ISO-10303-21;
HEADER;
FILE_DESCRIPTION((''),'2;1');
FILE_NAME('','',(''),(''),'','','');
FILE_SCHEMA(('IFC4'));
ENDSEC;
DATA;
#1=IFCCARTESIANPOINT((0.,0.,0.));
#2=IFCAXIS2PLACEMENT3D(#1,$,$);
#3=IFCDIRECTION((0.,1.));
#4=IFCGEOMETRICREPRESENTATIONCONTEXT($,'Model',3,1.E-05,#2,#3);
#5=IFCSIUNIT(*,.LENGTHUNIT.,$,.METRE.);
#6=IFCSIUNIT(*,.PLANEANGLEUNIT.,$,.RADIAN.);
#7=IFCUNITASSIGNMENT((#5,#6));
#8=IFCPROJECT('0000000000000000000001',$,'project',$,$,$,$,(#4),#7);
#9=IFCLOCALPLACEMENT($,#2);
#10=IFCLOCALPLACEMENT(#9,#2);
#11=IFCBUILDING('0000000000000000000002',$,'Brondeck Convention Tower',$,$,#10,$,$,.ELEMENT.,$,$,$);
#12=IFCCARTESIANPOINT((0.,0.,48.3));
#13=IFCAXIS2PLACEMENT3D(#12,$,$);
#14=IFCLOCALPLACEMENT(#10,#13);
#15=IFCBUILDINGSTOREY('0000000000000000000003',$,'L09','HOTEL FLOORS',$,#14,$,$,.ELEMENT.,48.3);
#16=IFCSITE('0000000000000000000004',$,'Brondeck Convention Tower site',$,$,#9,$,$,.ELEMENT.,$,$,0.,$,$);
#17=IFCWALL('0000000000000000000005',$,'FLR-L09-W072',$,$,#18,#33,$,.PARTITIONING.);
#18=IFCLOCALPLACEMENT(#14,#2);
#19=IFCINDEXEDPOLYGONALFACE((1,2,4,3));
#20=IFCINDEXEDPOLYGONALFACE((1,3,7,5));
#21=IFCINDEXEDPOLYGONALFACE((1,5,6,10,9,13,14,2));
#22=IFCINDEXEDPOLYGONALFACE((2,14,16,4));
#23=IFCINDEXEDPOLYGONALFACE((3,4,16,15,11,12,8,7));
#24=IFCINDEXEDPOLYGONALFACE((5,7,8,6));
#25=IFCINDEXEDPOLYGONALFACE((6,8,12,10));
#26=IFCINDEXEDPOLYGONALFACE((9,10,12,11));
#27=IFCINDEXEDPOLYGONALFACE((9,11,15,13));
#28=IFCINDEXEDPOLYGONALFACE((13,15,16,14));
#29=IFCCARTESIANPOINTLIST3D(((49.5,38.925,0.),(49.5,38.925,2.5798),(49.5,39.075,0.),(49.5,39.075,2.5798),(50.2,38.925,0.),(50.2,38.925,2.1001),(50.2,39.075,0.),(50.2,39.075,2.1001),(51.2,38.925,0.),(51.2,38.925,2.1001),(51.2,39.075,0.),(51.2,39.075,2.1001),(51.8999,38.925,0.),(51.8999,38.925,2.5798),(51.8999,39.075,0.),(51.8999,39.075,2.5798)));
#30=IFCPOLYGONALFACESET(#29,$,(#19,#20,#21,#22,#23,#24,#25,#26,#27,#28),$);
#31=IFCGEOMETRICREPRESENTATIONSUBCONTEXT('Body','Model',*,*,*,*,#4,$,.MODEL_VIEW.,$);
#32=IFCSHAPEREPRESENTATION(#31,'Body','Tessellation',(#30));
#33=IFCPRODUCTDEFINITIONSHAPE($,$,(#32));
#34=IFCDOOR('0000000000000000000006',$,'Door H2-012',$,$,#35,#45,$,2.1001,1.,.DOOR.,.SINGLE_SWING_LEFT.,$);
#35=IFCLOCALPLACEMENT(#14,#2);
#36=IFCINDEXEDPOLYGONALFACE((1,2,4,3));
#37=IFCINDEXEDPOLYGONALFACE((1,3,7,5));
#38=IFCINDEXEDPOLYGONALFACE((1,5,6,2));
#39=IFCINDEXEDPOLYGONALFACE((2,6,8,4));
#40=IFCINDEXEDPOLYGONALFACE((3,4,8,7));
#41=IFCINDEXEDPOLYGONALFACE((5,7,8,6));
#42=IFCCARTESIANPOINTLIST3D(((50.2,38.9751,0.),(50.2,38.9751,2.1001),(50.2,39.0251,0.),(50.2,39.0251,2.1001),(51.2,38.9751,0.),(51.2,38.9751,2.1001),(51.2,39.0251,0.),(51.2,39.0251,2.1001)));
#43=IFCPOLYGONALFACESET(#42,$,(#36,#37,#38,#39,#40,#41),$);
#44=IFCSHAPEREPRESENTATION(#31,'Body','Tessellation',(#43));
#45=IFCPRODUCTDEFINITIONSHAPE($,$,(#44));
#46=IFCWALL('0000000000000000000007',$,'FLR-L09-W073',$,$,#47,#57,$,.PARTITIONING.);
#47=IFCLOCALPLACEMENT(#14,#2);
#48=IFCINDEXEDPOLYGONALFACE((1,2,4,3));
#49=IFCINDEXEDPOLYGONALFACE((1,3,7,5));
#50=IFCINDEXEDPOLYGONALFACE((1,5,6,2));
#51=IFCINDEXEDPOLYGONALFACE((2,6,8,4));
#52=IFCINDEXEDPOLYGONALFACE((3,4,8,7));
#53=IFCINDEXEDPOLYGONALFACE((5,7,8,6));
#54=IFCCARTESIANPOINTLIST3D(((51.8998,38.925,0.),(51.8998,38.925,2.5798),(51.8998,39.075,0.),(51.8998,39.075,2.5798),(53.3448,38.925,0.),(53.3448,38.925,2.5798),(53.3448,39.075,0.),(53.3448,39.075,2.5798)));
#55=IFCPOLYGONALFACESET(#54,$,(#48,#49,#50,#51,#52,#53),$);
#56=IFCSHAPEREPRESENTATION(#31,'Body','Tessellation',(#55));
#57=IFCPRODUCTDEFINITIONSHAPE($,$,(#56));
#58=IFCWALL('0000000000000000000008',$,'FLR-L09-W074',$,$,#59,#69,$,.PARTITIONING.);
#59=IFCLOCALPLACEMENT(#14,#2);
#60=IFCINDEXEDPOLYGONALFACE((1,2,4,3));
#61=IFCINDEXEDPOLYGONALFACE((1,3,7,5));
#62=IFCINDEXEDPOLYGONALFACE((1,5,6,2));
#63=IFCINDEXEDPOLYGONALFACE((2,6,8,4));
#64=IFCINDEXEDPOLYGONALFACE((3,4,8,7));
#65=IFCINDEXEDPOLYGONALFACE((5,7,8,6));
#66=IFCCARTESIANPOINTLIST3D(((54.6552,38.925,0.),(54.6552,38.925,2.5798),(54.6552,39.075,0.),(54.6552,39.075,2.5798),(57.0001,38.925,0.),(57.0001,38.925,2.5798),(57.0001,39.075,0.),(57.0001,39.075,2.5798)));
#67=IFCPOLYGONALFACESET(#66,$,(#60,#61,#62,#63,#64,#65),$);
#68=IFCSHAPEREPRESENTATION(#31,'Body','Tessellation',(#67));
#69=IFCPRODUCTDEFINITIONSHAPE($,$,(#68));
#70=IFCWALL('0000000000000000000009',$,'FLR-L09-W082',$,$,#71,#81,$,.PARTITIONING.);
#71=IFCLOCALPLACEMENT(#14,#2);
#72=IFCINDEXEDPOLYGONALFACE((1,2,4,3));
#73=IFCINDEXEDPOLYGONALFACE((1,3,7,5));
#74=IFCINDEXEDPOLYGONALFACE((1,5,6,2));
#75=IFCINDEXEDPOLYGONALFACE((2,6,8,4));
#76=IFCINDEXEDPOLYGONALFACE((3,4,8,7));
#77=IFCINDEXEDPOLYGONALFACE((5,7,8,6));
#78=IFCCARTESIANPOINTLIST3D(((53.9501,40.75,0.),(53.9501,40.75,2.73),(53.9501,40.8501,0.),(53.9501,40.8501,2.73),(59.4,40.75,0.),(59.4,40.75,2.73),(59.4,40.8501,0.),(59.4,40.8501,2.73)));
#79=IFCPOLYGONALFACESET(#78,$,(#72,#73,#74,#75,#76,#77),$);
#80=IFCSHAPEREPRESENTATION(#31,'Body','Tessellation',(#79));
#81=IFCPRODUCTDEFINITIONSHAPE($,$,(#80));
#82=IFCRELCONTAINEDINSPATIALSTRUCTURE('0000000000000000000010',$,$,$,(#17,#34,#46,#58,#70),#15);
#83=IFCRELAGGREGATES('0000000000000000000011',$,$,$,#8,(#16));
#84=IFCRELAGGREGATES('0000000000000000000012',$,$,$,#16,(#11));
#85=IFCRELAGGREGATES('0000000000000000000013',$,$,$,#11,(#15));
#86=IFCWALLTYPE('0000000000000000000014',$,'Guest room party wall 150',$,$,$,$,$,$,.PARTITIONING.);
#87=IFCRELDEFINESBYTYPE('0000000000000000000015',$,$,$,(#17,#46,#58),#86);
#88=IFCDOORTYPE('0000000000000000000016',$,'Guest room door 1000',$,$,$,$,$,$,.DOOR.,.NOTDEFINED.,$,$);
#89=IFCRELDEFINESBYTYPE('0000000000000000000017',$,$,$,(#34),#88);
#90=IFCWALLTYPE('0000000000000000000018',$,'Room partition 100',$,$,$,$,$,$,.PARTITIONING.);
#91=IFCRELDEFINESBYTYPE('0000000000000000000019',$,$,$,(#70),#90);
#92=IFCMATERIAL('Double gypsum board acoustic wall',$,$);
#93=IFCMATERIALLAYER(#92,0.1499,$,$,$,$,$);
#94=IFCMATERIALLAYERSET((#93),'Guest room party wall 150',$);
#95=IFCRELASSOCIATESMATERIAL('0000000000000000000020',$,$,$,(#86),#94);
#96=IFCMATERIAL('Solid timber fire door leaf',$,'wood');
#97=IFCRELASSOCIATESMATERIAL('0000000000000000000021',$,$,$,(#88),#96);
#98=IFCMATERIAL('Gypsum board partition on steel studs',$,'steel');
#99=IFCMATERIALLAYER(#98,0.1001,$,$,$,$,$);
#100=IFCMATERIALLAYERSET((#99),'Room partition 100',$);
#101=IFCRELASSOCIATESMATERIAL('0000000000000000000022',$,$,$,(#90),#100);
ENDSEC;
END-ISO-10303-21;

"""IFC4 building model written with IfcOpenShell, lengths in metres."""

from ifc_helpers import new_model, si_unit, direction, frame, frame_2d, origin, place, context, subcontext, project, spatial, rectangle, extrude, material, layer, layer_set, type_object, element, fill, save


model = new_model("IFC4")

# Units and contexts
model_context = context("Model", 3, precision=1e-05, world=origin(), true_north=direction((0.0, 1.0)))
body_context = subcontext(model_context, "Body", "Model", "MODEL_VIEW")
ifc_project = project(units=[si_unit("LENGTHUNIT", "METRE"), si_unit("PLANEANGLEUNIT", "RADIAN")], contexts=[model_context])

# Site, building, storey
site_placement = place(None, origin())
site = spatial("IfcSite", under=ifc_project, at=site_placement, Name="Brondeck Convention Tower site", CompositionType="ELEMENT", RefElevation=0.0)
building_placement = place(site_placement, origin())
building = spatial("IfcBuilding", under=site, at=building_placement, Name="Brondeck Convention Tower", CompositionType="ELEMENT")
storey_placement = place(building_placement, frame((0.0, 0.0, 48.3)))
storey = spatial("IfcBuildingStorey", under=building, at=storey_placement, Name="L09", Description="HOTEL FLOORS", CompositionType="ELEMENT", Elevation=48.3)

# Shared definitions
ifc_material_1 = material(Name="Double gypsum board acoustic wall")
ifc_layer_1 = layer(ifc_material_1, 0.1499)
ifc_layer_set_1 = layer_set([ifc_layer_1], Name="Guest room party wall 150")
wall_type_1 = type_object("IfcWallType", Name="Guest room party wall 150", PredefinedType="PARTITIONING", material=ifc_layer_set_1)

# Wall, opening, door
ifc_material_2 = material(Name="Solid timber fire door leaf", Category="wood")
door_type_1 = type_object("IfcDoorType", Name="Guest room door 1000", OperationType="NOTDEFINED", PredefinedType="DOOR", material=ifc_material_2)
wall_1_placement = place(storey_placement, frame((51.8999, 39.0, 0.0), z_axis=(0.0, 0.0, 1.0), x_axis=(-1.0, 0.0, 0.0)))
wall_1 = element("IfcWall", 1, at=wall_1_placement, inside=storey, type_object=wall_type_1, Name="FLR-L09-W072", PredefinedType="PARTITIONING", context=body_context, shape_type="SweptSolid", body=[
    extrude(rectangle(XDim=2.3999, YDim=0.1499, at=frame_2d((1.2, 0.0))), origin(), (0.0, 0.0, 1.0), 2.5798),
])
opening_1_placement = place(wall_1_placement, frame((0.7, 0.0, 0.0)))
opening_1 = element("IfcOpeningElement", 2, at=opening_1_placement, cuts=wall_1, PredefinedType="OPENING", context=body_context, shape_type="SweptSolid", body=[
    extrude(rectangle(XDim=1.0, YDim=2.1001, at=frame_2d((0.5, 1.05))), frame((0.0, 0.085, 0.0), z_axis=(0.0, -1.0, 0.0), x_axis=(1.0, 0.0, 0.0)), (0.0, 0.0, 1.0), 0.1699),
])
door_1_placement = place(opening_1_placement, origin())
door_1 = element("IfcDoor", 3, at=door_1_placement, inside=storey, type_object=door_type_1, Name="Door H2-012", OperationType="SINGLE_SWING_LEFT", OverallHeight=2.1001, OverallWidth=1.0, PredefinedType="DOOR", context=body_context, shape_type="SweptSolid", body=[
    extrude(rectangle(XDim=1.0, YDim=2.1001, at=frame_2d((0.5, 1.05))), frame((0.0, 0.0249, 0.0), z_axis=(0.0, -1.0, 0.0), x_axis=(1.0, 0.0, 0.0)), (0.0, 0.0, 1.0), 0.05),
])
fill(opening_1, door_1)

# Walls
wall_2_placement = place(storey_placement, frame((53.345, 39.0, 0.0), z_axis=(0.0, 0.0, 1.0), x_axis=(-1.0, 0.0, 0.0)))
element("IfcWall", 4, at=wall_2_placement, inside=storey, type_object=wall_type_1, Name="FLR-L09-W073", PredefinedType="PARTITIONING", context=body_context, shape_type="SweptSolid", body=[
    extrude(rectangle(XDim=1.4451, YDim=0.1499, at=frame_2d((0.7227, 0.0))), origin(), (0.0, 0.0, 1.0), 2.5798),
])
wall_3_placement = place(storey_placement, frame((57.0, 39.0, 0.0), z_axis=(0.0, 0.0, 1.0), x_axis=(-1.0, 0.0, 0.0)))
element("IfcWall", 5, at=wall_3_placement, inside=storey, type_object=wall_type_1, Name="FLR-L09-W074", PredefinedType="PARTITIONING", context=body_context, shape_type="SweptSolid", body=[
    extrude(rectangle(XDim=2.345, YDim=0.1499, at=frame_2d((1.1724, 0.0))), origin(), (0.0, 0.0, 1.0), 2.5798),
])
ifc_material_3 = material(Name="Gypsum board partition on steel studs", Category="steel")
ifc_layer_2 = layer(ifc_material_3, 0.1001)
ifc_layer_set_2 = layer_set([ifc_layer_2], Name="Room partition 100")
wall_type_2 = type_object("IfcWallType", Name="Room partition 100", PredefinedType="PARTITIONING", material=ifc_layer_set_2)
wall_4_placement = place(storey_placement, frame((53.95, 40.8, 0.0), z_axis=(0.0, 0.0, 1.0), x_axis=(1.0, 0.0, 0.0)))
element("IfcWall", 6, at=wall_4_placement, inside=storey, type_object=wall_type_2, Name="FLR-L09-W082", PredefinedType="PARTITIONING", context=body_context, shape_type="SweptSolid", body=[
    extrude(rectangle(XDim=5.45, YDim=0.1001, at=frame_2d((2.7251, 0.0))), origin(), (0.0, 0.0, 1.0), 2.73),
])

save(model, "model.ifc")
